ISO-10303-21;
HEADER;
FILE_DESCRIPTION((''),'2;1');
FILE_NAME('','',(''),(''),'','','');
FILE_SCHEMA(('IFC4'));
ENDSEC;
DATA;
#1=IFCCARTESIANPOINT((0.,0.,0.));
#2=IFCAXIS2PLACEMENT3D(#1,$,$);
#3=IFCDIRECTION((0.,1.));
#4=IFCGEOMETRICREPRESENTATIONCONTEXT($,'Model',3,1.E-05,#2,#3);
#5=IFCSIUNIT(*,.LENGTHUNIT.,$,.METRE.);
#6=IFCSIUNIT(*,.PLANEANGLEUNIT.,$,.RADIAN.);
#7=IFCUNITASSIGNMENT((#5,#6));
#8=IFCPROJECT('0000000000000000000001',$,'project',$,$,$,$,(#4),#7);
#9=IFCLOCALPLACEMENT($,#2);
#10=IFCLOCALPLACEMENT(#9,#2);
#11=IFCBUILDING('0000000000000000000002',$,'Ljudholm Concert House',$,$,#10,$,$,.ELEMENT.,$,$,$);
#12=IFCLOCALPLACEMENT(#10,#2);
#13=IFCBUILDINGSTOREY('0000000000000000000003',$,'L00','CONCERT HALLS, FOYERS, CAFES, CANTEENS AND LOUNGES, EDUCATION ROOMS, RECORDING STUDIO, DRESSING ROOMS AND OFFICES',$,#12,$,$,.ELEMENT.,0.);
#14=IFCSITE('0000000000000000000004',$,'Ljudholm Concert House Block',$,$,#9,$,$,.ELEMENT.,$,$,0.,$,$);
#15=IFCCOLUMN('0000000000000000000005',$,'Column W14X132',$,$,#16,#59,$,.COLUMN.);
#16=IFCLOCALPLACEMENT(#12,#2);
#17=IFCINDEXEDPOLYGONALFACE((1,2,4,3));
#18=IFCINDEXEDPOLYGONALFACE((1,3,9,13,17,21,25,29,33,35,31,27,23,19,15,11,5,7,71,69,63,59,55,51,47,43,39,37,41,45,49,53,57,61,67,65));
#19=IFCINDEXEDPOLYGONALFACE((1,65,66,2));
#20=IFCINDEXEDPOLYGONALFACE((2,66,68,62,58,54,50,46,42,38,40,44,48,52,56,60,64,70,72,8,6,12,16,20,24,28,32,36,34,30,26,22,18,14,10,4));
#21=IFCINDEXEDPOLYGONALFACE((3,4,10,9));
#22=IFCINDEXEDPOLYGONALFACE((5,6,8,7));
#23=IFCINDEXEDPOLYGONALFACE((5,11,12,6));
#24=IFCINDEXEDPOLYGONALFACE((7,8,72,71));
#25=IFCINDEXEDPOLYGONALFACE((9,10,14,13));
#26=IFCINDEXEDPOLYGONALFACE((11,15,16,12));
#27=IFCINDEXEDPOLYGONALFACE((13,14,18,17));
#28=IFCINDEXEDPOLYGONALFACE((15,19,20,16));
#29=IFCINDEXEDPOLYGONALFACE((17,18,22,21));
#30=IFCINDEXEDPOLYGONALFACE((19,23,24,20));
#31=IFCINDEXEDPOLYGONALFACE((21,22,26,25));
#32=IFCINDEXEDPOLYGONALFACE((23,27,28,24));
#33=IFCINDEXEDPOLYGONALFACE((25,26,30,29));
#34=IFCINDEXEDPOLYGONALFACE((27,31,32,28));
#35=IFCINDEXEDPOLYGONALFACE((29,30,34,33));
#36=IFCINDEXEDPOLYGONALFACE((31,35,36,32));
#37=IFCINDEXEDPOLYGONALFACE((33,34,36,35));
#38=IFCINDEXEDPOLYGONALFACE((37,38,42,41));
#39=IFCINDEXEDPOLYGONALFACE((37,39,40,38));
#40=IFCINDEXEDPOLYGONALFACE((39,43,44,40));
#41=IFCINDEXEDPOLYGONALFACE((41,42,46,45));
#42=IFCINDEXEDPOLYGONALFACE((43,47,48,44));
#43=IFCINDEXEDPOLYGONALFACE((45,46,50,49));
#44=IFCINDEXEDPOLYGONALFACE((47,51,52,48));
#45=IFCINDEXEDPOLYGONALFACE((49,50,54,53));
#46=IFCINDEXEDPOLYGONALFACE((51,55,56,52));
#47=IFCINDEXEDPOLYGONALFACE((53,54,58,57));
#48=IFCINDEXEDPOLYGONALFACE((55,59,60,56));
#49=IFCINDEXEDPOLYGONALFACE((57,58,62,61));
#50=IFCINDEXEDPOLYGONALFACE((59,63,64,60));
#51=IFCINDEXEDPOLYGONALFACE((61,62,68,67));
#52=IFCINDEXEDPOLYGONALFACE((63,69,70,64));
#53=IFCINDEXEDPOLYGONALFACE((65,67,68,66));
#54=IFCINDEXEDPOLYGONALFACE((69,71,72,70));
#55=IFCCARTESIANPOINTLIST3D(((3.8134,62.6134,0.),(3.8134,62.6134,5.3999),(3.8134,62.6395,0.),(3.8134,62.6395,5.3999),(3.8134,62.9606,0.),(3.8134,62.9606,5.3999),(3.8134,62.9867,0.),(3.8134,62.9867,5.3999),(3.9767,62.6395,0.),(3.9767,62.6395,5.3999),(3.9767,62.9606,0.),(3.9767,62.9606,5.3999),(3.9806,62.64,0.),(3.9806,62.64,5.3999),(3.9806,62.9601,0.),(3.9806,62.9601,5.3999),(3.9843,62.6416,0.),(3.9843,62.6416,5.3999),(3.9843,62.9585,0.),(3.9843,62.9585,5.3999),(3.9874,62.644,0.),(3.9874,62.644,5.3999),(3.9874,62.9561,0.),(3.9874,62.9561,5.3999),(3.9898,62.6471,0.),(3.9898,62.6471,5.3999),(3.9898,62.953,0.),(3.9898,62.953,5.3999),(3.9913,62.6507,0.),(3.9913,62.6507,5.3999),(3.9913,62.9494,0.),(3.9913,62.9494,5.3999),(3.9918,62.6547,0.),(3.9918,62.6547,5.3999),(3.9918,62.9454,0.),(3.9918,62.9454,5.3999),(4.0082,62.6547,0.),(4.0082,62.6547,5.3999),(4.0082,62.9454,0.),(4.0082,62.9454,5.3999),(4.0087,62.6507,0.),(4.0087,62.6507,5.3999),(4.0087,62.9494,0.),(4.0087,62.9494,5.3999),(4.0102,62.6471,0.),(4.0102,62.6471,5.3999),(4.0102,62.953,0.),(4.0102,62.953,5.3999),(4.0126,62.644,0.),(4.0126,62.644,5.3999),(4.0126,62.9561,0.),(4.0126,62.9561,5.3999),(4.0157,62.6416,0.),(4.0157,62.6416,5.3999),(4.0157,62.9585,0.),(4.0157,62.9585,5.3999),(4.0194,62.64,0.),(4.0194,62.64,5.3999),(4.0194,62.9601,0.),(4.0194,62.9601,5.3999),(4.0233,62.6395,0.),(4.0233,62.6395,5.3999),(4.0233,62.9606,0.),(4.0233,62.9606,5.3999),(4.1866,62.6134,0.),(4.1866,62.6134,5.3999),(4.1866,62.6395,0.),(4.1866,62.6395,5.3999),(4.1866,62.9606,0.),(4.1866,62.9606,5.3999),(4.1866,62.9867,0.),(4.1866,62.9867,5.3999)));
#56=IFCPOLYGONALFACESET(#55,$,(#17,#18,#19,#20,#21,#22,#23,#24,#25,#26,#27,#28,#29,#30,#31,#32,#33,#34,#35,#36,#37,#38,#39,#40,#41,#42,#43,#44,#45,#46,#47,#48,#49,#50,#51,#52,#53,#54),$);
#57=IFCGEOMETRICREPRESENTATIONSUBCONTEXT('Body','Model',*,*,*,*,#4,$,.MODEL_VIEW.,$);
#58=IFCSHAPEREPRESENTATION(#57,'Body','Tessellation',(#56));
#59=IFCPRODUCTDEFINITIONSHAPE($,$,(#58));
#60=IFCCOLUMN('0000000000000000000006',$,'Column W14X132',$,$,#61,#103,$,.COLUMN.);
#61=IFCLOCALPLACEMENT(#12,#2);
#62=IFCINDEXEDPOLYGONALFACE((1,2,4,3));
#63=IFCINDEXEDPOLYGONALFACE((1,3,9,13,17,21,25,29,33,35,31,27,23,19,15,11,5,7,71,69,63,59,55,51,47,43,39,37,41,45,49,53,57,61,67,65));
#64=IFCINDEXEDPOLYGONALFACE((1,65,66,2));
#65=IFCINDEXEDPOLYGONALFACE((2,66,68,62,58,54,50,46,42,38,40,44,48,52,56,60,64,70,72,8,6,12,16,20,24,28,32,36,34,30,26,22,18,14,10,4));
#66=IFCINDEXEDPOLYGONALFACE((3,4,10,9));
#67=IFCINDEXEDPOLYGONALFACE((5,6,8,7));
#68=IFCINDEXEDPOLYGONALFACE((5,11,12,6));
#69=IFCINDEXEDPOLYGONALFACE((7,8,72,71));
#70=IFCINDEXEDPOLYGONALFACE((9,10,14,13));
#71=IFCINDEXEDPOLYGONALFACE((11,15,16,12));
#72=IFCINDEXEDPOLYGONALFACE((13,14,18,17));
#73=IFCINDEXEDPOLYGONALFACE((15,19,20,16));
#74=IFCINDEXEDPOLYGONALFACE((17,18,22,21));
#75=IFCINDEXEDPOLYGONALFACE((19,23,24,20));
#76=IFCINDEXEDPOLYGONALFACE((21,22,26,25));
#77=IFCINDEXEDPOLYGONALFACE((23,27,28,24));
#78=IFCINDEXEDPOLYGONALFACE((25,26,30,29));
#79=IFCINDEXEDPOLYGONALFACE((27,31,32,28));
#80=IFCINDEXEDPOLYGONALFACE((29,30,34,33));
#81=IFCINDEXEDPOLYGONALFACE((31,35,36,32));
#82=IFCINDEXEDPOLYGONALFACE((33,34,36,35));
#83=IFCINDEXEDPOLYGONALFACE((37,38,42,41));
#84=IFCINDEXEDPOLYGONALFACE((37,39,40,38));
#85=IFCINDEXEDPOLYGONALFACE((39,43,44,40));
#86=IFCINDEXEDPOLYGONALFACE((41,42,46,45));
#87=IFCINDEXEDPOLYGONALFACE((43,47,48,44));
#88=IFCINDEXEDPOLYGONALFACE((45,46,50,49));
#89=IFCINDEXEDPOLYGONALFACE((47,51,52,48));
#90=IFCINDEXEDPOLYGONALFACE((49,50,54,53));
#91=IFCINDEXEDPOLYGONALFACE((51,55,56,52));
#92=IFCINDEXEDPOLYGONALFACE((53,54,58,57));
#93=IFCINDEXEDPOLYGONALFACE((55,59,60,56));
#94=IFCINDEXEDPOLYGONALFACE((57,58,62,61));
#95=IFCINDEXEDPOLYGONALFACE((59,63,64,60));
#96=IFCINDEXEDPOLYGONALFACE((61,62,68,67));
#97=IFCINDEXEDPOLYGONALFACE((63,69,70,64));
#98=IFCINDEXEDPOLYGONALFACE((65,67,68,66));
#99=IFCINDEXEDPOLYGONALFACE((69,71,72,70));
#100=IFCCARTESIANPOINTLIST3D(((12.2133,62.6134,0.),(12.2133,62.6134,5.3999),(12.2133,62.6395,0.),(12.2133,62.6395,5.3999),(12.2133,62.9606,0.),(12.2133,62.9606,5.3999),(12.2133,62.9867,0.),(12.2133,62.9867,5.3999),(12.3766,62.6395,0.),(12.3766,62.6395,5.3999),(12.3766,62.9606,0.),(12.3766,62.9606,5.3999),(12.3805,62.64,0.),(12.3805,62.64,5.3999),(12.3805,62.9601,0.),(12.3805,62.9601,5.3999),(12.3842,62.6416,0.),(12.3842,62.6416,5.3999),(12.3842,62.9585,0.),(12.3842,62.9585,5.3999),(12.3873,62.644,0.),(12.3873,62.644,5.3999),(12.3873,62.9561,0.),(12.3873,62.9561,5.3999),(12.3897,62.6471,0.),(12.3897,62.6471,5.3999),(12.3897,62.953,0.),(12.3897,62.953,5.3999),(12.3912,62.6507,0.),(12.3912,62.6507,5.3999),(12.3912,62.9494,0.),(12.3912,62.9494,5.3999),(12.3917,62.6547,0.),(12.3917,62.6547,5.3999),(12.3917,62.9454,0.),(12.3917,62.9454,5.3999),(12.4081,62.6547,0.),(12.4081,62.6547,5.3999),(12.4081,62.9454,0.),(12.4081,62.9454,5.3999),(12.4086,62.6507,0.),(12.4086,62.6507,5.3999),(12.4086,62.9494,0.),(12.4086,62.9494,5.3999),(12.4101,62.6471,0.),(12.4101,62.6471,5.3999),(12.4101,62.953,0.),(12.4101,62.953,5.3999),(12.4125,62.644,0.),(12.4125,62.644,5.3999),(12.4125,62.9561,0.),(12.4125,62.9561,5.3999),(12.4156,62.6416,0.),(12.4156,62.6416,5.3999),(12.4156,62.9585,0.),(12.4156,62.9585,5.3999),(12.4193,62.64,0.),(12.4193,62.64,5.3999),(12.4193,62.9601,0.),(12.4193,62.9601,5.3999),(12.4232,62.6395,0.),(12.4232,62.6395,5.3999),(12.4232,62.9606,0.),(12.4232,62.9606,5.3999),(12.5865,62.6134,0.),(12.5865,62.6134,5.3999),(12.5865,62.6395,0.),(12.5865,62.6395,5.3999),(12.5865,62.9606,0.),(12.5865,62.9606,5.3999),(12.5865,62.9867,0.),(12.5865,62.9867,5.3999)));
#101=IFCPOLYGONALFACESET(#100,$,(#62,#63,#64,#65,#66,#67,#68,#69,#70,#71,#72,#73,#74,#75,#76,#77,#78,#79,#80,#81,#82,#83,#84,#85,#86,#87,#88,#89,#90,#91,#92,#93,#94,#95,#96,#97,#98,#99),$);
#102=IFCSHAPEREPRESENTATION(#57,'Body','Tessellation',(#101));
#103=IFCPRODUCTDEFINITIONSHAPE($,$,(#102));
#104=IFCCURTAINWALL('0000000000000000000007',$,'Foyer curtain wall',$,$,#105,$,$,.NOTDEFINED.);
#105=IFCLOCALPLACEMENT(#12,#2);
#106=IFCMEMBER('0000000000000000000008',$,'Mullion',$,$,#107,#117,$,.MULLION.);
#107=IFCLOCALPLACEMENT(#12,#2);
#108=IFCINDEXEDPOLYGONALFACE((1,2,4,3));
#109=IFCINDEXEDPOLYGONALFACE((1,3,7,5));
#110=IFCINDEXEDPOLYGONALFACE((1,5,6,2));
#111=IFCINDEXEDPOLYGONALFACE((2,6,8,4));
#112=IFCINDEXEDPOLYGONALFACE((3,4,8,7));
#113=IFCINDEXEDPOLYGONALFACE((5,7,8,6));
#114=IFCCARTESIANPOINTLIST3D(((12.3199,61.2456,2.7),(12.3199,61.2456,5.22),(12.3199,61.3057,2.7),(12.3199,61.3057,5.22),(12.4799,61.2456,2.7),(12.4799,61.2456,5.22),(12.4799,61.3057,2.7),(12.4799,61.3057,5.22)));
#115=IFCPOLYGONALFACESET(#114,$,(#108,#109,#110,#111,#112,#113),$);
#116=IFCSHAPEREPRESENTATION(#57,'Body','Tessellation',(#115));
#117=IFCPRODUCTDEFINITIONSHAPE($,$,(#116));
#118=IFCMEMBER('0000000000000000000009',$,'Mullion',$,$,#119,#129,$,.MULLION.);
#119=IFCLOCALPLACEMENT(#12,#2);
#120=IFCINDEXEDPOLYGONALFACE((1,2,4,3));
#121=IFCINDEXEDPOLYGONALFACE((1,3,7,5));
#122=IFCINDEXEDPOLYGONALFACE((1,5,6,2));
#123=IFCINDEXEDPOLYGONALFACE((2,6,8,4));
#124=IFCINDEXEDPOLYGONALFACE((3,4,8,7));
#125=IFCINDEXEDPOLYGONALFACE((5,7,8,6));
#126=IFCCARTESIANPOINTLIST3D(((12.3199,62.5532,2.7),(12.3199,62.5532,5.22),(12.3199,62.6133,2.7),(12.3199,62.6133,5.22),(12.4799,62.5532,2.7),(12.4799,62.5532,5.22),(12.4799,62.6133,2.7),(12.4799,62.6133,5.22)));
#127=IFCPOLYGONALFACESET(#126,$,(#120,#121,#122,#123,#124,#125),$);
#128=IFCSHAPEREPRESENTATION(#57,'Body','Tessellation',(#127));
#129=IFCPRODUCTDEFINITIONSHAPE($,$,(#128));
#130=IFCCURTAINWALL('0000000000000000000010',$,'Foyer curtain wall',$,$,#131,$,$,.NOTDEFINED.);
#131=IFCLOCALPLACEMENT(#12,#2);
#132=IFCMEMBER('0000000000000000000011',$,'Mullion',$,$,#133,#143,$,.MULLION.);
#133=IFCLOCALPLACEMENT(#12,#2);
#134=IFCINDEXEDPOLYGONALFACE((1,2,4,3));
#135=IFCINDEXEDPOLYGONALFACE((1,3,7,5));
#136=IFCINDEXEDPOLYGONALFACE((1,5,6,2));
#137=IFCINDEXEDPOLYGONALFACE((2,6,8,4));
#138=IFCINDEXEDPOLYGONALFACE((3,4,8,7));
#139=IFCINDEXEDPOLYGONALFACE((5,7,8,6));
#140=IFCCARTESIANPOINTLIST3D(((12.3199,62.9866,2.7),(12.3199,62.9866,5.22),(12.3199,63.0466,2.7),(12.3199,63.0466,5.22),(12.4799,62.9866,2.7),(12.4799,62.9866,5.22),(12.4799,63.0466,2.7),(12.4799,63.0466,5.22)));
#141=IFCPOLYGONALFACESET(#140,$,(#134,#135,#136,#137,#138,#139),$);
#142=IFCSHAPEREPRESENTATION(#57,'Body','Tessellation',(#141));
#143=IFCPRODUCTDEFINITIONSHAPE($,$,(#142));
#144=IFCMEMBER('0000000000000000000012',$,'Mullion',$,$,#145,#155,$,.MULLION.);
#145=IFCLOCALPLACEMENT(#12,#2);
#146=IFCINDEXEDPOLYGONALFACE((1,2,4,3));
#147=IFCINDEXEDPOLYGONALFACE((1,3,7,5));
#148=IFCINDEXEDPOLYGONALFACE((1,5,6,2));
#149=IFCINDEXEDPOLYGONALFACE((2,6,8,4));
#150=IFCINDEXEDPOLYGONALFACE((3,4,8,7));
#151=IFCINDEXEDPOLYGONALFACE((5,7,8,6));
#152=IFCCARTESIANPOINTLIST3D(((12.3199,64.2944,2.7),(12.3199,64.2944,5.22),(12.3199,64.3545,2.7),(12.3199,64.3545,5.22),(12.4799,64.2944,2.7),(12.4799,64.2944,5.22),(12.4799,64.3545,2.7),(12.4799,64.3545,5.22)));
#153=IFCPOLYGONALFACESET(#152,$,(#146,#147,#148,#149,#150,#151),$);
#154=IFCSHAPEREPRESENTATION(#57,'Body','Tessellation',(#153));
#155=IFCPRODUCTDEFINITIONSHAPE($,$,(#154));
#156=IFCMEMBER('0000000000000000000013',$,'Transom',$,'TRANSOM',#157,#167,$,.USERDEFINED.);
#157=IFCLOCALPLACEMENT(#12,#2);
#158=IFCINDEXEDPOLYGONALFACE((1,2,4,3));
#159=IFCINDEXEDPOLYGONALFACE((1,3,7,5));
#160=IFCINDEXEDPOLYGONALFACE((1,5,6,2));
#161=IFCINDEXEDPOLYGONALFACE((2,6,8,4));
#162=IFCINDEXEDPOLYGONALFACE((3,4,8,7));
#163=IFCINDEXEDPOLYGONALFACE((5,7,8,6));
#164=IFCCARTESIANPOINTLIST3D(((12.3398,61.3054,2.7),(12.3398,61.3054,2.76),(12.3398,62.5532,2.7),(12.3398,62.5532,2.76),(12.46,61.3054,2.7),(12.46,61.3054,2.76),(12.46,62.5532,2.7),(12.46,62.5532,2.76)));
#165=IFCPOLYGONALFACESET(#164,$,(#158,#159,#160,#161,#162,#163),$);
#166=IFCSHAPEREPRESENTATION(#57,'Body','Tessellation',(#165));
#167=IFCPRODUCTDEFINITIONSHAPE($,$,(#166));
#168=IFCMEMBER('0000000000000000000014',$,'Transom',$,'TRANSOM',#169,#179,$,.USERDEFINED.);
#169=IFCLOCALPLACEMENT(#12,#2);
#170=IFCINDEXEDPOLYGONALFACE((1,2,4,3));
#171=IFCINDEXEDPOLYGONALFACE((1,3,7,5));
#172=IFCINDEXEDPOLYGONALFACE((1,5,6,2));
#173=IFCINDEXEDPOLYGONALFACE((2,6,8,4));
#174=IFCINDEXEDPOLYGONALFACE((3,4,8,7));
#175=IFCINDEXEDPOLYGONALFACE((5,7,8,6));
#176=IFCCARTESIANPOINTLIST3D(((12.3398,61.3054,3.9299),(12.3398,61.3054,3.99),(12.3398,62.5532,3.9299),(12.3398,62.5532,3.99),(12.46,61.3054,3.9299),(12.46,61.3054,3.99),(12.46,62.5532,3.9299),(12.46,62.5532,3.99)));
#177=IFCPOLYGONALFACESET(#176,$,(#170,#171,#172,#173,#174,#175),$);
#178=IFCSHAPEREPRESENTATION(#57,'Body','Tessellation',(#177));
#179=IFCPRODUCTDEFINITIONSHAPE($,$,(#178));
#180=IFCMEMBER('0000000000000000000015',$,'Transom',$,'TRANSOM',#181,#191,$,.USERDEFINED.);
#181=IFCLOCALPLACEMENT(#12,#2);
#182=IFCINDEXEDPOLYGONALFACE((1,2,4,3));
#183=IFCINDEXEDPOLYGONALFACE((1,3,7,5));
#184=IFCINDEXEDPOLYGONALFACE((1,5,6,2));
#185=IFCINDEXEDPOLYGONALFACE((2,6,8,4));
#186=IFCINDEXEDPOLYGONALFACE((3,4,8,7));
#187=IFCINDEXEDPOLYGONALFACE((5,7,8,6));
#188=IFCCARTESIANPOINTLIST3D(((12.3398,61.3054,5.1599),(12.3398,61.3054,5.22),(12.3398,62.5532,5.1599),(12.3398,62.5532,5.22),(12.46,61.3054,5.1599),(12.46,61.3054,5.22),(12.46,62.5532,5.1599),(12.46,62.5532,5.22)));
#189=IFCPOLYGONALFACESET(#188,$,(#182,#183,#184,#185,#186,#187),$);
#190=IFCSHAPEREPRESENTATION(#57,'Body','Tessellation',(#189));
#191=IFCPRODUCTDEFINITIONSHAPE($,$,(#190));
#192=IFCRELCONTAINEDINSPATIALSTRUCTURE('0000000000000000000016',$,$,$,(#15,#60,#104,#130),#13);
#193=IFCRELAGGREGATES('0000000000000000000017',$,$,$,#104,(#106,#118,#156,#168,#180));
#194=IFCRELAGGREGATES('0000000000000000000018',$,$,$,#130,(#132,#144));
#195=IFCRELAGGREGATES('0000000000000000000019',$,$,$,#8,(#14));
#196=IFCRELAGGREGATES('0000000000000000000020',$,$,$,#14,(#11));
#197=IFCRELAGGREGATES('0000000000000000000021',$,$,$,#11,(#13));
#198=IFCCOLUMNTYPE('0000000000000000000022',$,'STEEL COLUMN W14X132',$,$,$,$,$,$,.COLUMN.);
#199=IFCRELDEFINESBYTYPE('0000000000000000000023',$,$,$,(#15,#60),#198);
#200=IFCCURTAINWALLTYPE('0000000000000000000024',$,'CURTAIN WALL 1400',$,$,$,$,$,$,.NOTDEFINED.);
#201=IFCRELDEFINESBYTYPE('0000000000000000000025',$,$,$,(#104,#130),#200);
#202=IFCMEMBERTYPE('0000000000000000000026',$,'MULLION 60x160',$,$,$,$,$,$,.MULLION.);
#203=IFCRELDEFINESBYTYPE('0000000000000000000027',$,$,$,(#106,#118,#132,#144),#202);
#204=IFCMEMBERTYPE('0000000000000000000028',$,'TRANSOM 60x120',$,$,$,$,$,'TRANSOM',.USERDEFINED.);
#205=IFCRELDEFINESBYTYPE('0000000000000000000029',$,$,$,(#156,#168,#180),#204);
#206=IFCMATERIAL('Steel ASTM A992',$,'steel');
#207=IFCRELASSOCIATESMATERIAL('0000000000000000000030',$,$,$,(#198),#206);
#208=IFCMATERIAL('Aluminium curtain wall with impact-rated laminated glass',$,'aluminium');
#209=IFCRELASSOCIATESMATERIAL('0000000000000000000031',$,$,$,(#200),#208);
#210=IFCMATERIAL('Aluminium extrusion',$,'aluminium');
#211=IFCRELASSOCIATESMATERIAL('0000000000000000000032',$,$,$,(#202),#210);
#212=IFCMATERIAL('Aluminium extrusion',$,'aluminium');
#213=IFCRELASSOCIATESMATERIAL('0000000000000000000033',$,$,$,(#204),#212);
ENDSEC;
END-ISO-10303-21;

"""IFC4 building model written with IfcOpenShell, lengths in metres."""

from ifc_helpers import new_model, si_unit, direction, frame, origin, origin_2d, place, context, subcontext, project, spatial, rectangle, i_section, extrude, material, material_profile, profile_set, type_object, element, aggregate, save


model = new_model("IFC4")

# Units and contexts
model_context = context("Model", 3, precision=1e-05, world=origin(), true_north=direction((0.0, 1.0)))
body_context = subcontext(model_context, "Body", "Model", "MODEL_VIEW")
ifc_project = project(units=[si_unit("LENGTHUNIT", "METRE"), si_unit("PLANEANGLEUNIT", "RADIAN")], contexts=[model_context])

# Site, building, storey
site_placement = place(None, origin())
site = spatial("IfcSite", under=ifc_project, at=site_placement, Name="Ljudholm Concert House Block", CompositionType="ELEMENT", RefElevation=0.0)
building_placement = place(site_placement, origin())
building = spatial("IfcBuilding", under=site, at=building_placement, Name="Ljudholm Concert House", CompositionType="ELEMENT")
storey_placement = place(building_placement, origin())
storey = spatial("IfcBuildingStorey", under=building, at=storey_placement, Name="L00", Description="CONCERT HALLS, FOYERS, CAFES, CANTEENS AND LOUNGES, EDUCATION ROOMS, RECORDING STUDIO, DRESSING ROOMS AND OFFICES", CompositionType="ELEMENT", Elevation=0.0)

# Columns
ifc_material_1 = material(Name="Steel ASTM A992", Category="steel")
ifc_material_profile_1 = material_profile(ifc_material_1, i_section(OverallWidth=0.3733, OverallDepth=0.3733, WebThickness=0.0164, FlangeThickness=0.0261, FilletRadius=0.0151, at=origin_2d()), Name="W14X132")
ifc_profile_set_1 = profile_set([ifc_material_profile_1], Name="Steel ASTM A992")
column_type = type_object("IfcColumnType", Name="STEEL COLUMN W14X132", PredefinedType="COLUMN", material=ifc_profile_set_1)
for number, where, z_axis, x_axis, name in (
    (1, (4.0, 62.8, 0.0), (0.0, 0.0, 1.0), (1.0, 0.0, 0.0), "Column W14X132"),
    (2, (12.3999, 62.8, 0.0), (0.0, 0.0, 1.0), (1.0, 0.0, 0.0), "Column W14X132"),
):
    element("IfcColumn", number, at=place(storey_placement, frame(where, z_axis=z_axis, x_axis=x_axis)), inside=storey, type_object=column_type, Name=name, PredefinedType="COLUMN", context=body_context, shape_type="SweptSolid", body=[
        extrude(i_section(OverallWidth=0.3733, OverallDepth=0.3733, WebThickness=0.0164, FlangeThickness=0.0261, FilletRadius=0.0151, at=origin_2d()), origin(), (0.0, 0.0, 1.0), 5.3999),
    ])

# Curtain walls, members
ifc_material_2 = material(Name="Aluminium curtain wall with impact-rated laminated glass", Category="aluminium")
curtain_wall_type = type_object("IfcCurtainWallType", Name="CURTAIN WALL 1400", PredefinedType="NOTDEFINED", material=ifc_material_2)
curtain_wall_1_placement = place(storey_placement, origin())
curtain_wall_1 = element("IfcCurtainWall", 3, at=curtain_wall_1_placement, inside=storey, type_object=curtain_wall_type, Name="Foyer curtain wall", PredefinedType="NOTDEFINED")
ifc_material_3 = material(Name="Aluminium extrusion", Category="aluminium")
ifc_material_profile_2 = material_profile(ifc_material_3, rectangle(XDim=0.1599, YDim=0.0601, at=origin_2d()), Name="MULLION 60x160")
ifc_profile_set_2 = profile_set([ifc_material_profile_2], Name="Aluminium extrusion")
member_type_1 = type_object("IfcMemberType", Name="MULLION 60x160", PredefinedType="MULLION", material=ifc_profile_set_2)
member_1_placement = place(storey_placement, frame((12.3999, 61.2756, 2.7), z_axis=(0.0, 0.0, 1.0), x_axis=(-1.0, 0.0, 0.0)))
member_1 = element("IfcMember", 4, at=member_1_placement, type_object=member_type_1, Name="Mullion", PredefinedType="MULLION", context=body_context, shape_type="SweptSolid", body=[
    extrude(rectangle(XDim=0.1599, YDim=0.0601, at=origin_2d()), origin(), (0.0, 0.0, 1.0), 2.52),
])
member_2_placement = place(storey_placement, frame((12.3999, 62.5833, 2.7), z_axis=(0.0, 0.0, 1.0), x_axis=(-1.0, 0.0, 0.0)))
member_2 = element("IfcMember", 5, at=member_2_placement, type_object=member_type_1, Name="Mullion", PredefinedType="MULLION", context=body_context, shape_type="SweptSolid", body=[
    extrude(rectangle(XDim=0.1599, YDim=0.0601, at=origin_2d()), origin(), (0.0, 0.0, 1.0), 2.52),
])
curtain_wall_2_placement = place(storey_placement, origin())
curtain_wall_2 = element("IfcCurtainWall", 6, at=curtain_wall_2_placement, inside=storey, type_object=curtain_wall_type, Name="Foyer curtain wall", PredefinedType="NOTDEFINED")
member_3_placement = place(storey_placement, frame((12.3999, 63.0166, 2.7), z_axis=(0.0, 0.0, 1.0), x_axis=(-1.0, 0.0, 0.0)))
member_3 = element("IfcMember", 7, at=member_3_placement, type_object=member_type_1, Name="Mullion", PredefinedType="MULLION", context=body_context, shape_type="SweptSolid", body=[
    extrude(rectangle(XDim=0.1599, YDim=0.0601, at=origin_2d()), origin(), (0.0, 0.0, 1.0), 2.52),
])
member_4_placement = place(storey_placement, frame((12.3999, 64.3245, 2.7), z_axis=(0.0, 0.0, 1.0), x_axis=(-1.0, 0.0, 0.0)))
member_4 = element("IfcMember", 8, at=member_4_placement, type_object=member_type_1, Name="Mullion", PredefinedType="MULLION", context=body_context, shape_type="SweptSolid", body=[
    extrude(rectangle(XDim=0.1599, YDim=0.0601, at=origin_2d()), origin(), (0.0, 0.0, 1.0), 2.52),
])

# Members
ifc_material_4 = material(Name="Aluminium extrusion", Category="aluminium")
ifc_material_profile_3 = material_profile(ifc_material_4, rectangle(XDim=0.1201, YDim=0.0601, at=origin_2d()), Name="TRANSOM 60x120")
ifc_profile_set_3 = profile_set([ifc_material_profile_3], Name="Aluminium extrusion")
member_type_2 = type_object("IfcMemberType", Name="TRANSOM 60x120", ElementType="TRANSOM", PredefinedType="USERDEFINED", material=ifc_profile_set_3)
member_5_placement = place(storey_placement, frame((12.3999, 61.3054, 2.73), z_axis=(0.0, 1.0, 0.0), x_axis=(-1.0, 0.0, 0.0)))
member_5 = element("IfcMember", 9, at=member_5_placement, type_object=member_type_2, Name="Transom", ObjectType="TRANSOM", PredefinedType="USERDEFINED", context=body_context, shape_type="SweptSolid", body=[
    extrude(rectangle(XDim=0.1201, YDim=0.0601, at=origin_2d()), origin(), (0.0, 0.0, 1.0), 1.2478),
])
member_6_placement = place(storey_placement, frame((12.3999, 61.3054, 3.96), z_axis=(0.0, 1.0, 0.0), x_axis=(-1.0, 0.0, 0.0)))
member_6 = element("IfcMember", 10, at=member_6_placement, type_object=member_type_2, Name="Transom", ObjectType="TRANSOM", PredefinedType="USERDEFINED", context=body_context, shape_type="SweptSolid", body=[
    extrude(rectangle(XDim=0.1201, YDim=0.0601, at=origin_2d()), origin(), (0.0, 0.0, 1.0), 1.2478),
])
member_7_placement = place(storey_placement, frame((12.3999, 61.3054, 5.1899), z_axis=(0.0, 1.0, 0.0), x_axis=(-1.0, 0.0, 0.0)))
member_7 = element("IfcMember", 11, at=member_7_placement, type_object=member_type_2, Name="Transom", ObjectType="TRANSOM", PredefinedType="USERDEFINED", context=body_context, shape_type="SweptSolid", body=[
    extrude(rectangle(XDim=0.1201, YDim=0.0601, at=origin_2d()), origin(), (0.0, 0.0, 1.0), 1.2478),
])

aggregate(curtain_wall_1, [member_1, member_2, member_5, member_6, member_7])
aggregate(curtain_wall_2, [member_3, member_4])

save(model, "model.ifc")
